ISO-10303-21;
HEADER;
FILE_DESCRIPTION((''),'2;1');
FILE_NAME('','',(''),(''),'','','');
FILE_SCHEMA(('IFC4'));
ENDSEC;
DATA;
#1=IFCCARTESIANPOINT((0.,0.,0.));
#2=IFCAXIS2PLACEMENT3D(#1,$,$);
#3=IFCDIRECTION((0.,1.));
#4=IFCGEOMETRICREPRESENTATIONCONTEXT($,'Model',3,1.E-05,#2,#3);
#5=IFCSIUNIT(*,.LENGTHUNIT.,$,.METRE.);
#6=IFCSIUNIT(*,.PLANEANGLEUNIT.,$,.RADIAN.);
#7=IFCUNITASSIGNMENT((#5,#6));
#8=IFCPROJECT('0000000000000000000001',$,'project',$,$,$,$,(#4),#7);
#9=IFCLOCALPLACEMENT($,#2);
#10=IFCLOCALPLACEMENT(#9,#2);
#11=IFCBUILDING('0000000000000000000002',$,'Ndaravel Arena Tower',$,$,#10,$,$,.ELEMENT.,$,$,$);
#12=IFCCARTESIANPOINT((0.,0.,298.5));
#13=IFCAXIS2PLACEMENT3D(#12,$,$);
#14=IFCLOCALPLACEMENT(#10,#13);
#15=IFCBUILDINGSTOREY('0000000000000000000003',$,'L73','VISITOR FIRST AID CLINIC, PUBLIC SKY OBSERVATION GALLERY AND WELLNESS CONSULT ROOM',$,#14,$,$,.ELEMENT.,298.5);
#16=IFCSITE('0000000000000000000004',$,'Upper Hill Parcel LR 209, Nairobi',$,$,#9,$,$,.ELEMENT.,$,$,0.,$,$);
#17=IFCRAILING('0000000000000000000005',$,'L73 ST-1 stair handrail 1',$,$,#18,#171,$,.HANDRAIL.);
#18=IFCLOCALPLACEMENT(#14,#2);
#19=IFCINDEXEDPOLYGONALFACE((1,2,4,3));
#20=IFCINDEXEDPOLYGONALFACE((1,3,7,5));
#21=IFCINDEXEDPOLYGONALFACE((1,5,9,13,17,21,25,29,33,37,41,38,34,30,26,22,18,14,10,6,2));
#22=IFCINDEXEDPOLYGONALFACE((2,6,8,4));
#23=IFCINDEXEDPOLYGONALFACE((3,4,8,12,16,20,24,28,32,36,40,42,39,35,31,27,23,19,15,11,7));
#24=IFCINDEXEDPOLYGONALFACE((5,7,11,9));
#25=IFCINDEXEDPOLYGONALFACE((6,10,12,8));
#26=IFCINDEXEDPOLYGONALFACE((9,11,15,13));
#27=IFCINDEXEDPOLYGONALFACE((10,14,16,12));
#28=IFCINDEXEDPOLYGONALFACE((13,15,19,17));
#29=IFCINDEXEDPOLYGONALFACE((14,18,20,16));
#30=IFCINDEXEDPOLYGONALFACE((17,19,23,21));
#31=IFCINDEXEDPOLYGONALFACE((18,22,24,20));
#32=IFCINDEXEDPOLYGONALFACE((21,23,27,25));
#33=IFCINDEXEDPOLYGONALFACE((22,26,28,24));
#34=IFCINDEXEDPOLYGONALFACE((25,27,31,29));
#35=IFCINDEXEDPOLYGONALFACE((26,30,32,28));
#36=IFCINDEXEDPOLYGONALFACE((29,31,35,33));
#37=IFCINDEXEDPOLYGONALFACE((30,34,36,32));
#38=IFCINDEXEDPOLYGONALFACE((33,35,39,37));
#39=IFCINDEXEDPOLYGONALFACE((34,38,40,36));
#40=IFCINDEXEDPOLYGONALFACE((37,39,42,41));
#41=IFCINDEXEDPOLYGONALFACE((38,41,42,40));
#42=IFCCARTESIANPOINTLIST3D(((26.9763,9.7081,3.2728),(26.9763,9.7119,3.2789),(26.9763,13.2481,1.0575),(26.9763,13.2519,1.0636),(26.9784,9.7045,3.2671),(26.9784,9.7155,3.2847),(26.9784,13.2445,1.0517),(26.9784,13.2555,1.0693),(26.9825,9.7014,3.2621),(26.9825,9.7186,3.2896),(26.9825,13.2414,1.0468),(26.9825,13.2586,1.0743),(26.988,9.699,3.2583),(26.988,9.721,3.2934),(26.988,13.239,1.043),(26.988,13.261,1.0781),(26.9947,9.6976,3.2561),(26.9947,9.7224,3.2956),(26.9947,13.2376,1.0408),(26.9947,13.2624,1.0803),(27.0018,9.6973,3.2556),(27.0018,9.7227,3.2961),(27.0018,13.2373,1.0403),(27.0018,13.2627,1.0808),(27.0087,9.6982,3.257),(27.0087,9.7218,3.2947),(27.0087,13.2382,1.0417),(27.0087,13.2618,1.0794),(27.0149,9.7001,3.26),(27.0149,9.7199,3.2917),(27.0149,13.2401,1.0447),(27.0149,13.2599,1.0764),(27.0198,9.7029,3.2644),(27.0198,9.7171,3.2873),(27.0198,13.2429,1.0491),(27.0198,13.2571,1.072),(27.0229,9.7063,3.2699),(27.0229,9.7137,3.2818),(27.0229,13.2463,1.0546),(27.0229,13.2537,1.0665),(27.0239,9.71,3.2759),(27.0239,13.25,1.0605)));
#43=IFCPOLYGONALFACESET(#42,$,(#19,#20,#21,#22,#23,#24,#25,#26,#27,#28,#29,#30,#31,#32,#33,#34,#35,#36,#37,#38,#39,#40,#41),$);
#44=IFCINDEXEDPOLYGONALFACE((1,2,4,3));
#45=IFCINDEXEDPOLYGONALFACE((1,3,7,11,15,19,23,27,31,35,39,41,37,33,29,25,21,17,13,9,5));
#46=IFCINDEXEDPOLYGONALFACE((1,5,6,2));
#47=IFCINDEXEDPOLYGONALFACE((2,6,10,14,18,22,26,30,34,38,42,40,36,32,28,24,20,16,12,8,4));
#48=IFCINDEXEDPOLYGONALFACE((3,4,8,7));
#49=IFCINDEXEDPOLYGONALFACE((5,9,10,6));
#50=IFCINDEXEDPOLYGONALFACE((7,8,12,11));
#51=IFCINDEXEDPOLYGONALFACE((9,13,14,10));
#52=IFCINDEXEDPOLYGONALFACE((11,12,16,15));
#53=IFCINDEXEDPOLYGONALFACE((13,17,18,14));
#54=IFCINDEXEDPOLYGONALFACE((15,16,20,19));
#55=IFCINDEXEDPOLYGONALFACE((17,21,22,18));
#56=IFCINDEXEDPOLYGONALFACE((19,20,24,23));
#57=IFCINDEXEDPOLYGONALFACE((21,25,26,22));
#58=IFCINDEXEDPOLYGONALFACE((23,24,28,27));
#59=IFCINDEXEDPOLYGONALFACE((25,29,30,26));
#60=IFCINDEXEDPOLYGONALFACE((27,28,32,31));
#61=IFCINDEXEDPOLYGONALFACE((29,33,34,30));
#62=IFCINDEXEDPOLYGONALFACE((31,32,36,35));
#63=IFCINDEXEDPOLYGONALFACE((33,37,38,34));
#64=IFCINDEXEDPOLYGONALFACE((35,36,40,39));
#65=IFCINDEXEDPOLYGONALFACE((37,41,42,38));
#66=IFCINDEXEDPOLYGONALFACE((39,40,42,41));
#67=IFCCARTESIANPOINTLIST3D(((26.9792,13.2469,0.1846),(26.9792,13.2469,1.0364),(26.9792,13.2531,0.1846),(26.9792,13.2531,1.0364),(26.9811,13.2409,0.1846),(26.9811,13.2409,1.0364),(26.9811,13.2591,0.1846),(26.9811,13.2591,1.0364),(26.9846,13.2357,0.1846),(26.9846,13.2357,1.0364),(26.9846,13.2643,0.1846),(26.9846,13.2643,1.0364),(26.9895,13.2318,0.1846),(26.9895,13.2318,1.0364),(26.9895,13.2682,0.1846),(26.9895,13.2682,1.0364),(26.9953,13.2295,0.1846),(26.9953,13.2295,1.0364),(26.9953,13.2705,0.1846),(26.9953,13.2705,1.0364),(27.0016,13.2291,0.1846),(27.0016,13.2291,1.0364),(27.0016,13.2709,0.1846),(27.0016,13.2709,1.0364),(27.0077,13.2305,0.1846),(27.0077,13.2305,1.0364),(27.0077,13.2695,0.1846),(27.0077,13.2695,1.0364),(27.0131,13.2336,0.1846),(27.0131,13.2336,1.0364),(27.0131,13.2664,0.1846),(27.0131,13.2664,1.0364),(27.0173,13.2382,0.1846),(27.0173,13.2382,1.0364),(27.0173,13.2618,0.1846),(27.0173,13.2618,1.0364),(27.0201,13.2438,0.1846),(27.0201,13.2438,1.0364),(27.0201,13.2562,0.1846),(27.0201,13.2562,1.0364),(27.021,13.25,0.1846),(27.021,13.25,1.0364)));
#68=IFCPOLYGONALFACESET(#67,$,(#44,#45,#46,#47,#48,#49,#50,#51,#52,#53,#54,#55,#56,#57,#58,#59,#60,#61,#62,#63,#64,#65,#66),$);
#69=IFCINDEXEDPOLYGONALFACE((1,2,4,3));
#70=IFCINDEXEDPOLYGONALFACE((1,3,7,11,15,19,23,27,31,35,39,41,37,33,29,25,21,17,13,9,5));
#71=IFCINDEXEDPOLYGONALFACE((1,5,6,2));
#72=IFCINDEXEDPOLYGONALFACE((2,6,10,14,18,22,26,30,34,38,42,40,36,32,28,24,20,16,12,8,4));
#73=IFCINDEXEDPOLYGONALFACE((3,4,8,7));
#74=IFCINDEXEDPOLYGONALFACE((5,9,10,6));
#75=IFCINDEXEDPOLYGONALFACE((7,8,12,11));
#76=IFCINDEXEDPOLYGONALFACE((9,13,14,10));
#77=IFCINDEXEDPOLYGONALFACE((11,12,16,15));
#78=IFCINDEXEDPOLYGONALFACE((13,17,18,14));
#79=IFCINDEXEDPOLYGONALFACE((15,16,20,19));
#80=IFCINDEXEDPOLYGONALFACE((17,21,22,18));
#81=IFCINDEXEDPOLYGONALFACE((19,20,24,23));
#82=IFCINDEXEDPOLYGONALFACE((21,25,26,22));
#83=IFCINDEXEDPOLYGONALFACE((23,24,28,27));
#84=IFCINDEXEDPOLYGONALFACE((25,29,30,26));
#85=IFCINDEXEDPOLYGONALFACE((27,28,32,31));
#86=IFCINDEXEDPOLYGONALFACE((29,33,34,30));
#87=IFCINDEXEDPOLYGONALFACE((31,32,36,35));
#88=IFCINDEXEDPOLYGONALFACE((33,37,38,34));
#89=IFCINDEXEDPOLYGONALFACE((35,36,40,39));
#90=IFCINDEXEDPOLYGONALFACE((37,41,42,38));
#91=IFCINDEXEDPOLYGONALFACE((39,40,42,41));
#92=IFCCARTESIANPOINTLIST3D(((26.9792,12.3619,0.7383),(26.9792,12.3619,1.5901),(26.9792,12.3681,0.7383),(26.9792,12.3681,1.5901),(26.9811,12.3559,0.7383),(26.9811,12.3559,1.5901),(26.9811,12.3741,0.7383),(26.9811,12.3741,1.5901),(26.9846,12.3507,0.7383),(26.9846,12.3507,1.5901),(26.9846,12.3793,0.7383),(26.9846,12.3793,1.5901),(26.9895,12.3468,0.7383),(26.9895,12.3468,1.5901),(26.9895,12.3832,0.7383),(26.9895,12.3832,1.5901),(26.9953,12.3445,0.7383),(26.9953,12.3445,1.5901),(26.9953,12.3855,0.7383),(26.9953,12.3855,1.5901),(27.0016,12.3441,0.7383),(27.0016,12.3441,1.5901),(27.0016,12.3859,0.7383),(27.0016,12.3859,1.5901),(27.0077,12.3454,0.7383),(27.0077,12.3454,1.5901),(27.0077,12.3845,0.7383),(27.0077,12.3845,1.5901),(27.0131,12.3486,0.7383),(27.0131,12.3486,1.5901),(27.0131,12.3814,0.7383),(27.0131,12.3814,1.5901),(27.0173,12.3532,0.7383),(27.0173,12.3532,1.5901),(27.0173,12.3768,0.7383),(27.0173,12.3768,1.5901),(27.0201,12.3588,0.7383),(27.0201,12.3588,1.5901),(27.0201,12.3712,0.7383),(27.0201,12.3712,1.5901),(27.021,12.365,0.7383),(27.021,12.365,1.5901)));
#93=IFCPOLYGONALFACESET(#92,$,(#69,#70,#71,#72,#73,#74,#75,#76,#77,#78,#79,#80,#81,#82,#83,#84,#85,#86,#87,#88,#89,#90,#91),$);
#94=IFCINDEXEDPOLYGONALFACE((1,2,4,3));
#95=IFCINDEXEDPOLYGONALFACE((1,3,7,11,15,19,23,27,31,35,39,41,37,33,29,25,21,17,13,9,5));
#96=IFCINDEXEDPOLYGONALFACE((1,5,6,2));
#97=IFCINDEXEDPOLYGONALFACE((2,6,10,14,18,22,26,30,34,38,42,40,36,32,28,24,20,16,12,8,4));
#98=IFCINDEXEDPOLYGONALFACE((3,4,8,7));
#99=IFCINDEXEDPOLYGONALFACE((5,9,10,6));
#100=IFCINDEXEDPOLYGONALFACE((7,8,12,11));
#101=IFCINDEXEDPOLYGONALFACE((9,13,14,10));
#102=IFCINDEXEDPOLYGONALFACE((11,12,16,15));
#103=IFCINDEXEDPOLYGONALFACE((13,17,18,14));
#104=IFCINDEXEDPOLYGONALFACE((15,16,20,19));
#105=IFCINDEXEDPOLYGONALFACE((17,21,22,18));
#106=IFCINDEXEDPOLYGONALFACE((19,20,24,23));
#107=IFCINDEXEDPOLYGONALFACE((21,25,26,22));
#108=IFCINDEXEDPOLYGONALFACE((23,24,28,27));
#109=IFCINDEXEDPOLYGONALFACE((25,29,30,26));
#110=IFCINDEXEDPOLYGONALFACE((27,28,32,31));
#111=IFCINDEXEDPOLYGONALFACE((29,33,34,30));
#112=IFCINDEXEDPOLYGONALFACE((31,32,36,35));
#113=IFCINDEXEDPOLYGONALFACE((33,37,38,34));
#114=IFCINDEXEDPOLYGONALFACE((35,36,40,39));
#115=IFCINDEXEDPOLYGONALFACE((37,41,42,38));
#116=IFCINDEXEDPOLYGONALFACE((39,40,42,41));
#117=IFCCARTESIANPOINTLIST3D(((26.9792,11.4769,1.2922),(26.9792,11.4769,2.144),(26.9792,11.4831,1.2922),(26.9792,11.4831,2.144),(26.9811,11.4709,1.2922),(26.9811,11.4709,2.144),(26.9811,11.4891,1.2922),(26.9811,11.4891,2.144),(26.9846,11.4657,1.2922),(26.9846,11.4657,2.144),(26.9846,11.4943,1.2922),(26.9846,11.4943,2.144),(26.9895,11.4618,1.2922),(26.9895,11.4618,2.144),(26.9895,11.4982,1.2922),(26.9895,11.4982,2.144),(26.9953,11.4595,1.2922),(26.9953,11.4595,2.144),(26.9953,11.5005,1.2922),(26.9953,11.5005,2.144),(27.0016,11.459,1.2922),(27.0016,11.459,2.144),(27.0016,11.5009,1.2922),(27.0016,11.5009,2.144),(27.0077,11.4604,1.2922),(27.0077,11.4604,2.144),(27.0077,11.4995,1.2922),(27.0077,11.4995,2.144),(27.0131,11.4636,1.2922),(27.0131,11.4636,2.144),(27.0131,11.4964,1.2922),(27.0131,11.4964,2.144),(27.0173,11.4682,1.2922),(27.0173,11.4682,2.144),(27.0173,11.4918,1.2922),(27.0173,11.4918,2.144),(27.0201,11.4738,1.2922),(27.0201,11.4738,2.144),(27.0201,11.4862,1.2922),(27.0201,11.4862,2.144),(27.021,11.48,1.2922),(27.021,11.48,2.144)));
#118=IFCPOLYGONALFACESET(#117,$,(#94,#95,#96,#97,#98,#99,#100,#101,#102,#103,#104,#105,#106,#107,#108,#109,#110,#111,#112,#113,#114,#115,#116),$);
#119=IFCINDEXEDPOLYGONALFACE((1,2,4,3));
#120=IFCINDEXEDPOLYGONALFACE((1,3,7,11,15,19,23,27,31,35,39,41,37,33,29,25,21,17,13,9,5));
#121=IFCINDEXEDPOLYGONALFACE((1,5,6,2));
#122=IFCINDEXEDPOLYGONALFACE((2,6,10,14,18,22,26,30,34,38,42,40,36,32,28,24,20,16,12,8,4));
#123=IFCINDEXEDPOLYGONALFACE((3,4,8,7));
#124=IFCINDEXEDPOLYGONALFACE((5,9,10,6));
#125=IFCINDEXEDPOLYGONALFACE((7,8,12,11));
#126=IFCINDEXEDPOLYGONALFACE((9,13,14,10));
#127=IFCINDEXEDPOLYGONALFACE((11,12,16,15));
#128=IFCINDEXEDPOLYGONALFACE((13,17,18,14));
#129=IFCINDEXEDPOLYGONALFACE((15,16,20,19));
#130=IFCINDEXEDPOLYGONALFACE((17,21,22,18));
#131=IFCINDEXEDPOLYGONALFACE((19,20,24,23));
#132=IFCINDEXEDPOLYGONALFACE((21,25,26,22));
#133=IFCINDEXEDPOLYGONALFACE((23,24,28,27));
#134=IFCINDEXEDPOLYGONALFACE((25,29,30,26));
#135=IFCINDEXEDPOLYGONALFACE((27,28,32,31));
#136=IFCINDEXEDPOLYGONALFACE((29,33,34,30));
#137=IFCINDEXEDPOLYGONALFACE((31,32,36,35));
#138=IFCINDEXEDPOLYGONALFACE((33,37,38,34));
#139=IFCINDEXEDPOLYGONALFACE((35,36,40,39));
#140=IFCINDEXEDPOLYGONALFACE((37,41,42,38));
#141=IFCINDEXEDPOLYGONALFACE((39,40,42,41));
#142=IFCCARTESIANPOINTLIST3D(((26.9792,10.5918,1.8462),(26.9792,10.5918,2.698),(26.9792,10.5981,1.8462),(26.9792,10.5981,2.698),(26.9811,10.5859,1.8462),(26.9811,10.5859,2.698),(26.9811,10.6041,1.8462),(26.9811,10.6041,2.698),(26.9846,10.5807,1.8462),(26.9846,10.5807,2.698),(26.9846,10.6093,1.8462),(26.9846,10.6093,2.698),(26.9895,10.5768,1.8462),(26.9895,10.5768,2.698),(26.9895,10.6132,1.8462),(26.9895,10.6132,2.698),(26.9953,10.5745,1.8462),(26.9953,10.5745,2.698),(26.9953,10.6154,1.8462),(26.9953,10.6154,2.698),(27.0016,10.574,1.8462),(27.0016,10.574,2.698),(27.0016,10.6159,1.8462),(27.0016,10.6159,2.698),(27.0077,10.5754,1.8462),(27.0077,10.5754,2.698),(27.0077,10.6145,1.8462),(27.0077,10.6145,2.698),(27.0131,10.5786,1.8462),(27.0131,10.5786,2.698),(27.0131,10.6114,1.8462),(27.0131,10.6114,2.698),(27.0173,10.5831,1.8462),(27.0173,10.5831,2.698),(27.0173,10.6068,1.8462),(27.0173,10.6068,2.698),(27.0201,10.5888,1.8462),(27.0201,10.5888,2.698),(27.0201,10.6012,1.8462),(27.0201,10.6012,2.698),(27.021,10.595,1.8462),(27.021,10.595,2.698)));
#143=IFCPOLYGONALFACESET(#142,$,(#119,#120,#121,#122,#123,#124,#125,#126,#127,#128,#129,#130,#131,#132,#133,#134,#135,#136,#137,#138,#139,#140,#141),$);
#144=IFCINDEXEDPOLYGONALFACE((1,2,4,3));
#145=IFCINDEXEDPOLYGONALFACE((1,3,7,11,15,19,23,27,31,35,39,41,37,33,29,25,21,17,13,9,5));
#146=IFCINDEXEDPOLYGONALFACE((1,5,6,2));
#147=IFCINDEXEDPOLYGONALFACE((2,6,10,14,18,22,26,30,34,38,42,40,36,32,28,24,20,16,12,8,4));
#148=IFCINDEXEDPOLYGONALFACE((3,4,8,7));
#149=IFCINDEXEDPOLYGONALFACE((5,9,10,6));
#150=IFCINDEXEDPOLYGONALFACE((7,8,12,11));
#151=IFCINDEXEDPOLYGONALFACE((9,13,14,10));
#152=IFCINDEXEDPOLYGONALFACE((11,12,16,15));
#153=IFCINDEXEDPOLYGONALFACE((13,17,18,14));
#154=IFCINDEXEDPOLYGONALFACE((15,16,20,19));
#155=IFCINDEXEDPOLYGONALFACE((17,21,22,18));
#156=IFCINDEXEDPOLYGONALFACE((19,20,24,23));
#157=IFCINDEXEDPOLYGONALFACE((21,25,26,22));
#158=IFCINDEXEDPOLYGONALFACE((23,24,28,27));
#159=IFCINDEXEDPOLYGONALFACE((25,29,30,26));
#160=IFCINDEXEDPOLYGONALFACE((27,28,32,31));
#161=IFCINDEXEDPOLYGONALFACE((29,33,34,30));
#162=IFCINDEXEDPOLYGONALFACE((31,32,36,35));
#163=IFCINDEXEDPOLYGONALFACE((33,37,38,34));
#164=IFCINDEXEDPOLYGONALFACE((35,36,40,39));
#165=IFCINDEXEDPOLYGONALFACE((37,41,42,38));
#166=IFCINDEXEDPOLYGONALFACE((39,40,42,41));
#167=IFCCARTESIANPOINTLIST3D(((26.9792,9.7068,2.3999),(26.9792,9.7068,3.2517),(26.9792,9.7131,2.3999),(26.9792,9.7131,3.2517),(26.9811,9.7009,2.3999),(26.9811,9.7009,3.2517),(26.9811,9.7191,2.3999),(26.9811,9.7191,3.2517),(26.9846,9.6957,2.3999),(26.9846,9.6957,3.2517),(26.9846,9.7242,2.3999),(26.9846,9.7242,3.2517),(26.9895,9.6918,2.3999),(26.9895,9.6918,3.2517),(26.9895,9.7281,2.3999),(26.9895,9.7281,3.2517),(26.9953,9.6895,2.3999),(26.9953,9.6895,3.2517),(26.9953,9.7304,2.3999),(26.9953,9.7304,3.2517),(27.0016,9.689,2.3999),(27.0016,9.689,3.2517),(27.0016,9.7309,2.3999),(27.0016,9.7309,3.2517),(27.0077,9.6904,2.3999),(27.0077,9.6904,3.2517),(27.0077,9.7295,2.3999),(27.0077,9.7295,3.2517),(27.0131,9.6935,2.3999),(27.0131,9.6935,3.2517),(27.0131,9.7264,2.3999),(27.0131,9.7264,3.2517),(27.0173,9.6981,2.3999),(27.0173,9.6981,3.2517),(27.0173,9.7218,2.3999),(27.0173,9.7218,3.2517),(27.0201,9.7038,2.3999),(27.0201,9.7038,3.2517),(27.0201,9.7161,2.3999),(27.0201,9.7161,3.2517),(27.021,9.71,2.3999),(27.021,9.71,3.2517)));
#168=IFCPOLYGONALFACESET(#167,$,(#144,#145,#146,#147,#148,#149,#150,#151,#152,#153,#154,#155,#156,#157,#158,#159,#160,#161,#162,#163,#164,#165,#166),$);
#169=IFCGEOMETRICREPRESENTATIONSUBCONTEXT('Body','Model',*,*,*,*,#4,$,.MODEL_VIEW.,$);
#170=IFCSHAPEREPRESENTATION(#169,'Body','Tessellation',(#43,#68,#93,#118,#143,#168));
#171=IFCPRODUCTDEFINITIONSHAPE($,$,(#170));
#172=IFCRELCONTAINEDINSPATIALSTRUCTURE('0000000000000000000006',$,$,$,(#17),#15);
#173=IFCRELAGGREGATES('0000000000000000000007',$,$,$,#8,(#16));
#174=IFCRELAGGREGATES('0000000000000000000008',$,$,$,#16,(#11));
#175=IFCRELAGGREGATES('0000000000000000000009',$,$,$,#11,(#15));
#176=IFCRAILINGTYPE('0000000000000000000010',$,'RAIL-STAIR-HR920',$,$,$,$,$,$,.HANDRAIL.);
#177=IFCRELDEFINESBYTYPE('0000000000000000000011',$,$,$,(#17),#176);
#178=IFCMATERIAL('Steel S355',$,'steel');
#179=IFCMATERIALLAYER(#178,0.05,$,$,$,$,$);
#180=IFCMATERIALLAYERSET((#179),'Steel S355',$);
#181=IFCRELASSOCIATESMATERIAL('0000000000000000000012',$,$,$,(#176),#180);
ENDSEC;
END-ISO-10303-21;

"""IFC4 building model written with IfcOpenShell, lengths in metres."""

from ifc_helpers import new_model, si_unit, direction, frame, origin, origin_2d, place, context, subcontext, project, spatial, circle, extrude, material, layer, layer_set, type_object, element, save


model = new_model("IFC4")

# Units and contexts
model_context = context("Model", 3, precision=1e-05, world=origin(), true_north=direction((0.0, 1.0)))
body_context = subcontext(model_context, "Body", "Model", "MODEL_VIEW")
ifc_project = project(units=[si_unit("LENGTHUNIT", "METRE"), si_unit("PLANEANGLEUNIT", "RADIAN")], contexts=[model_context])

# Site, building, storey
site_placement = place(None, origin())
site = spatial("IfcSite", under=ifc_project, at=site_placement, Name="Upper Hill Parcel LR 209, Nairobi", CompositionType="ELEMENT", RefElevation=0.0)
building_placement = place(site_placement, origin())
building = spatial("IfcBuilding", under=site, at=building_placement, Name="Ndaravel Arena Tower", CompositionType="ELEMENT")
storey_placement = place(building_placement, frame((0.0, 0.0, 298.5)))
storey = spatial("IfcBuildingStorey", under=building, at=storey_placement, Name="L73", Description="VISITOR FIRST AID CLINIC, PUBLIC SKY OBSERVATION GALLERY AND WELLNESS CONSULT ROOM", CompositionType="ELEMENT", Elevation=298.5)

# Railing
ifc_material_1 = material(Name="Steel S355", Category="steel")
ifc_layer_1 = layer(ifc_material_1, 0.05)
ifc_layer_set_1 = layer_set([ifc_layer_1], Name="Steel S355")
railing_type_1 = type_object("IfcRailingType", Name="RAIL-STAIR-HR920", PredefinedType="HANDRAIL", material=ifc_layer_set_1)
railing_1_placement = place(storey_placement, frame((27.0, 13.25, 0.1846)))
element("IfcRailing", 1, at=railing_1_placement, inside=storey, type_object=railing_type_1, Name="L73 ST-1 stair handrail 1", PredefinedType="HANDRAIL", context=body_context, shape_type="SweptSolid", body=[
    extrude(circle(Radius=0.0239, at=origin_2d()), frame((0.0, 0.0, 0.876), z_axis=(0.0, -0.847696, 0.530482), x_axis=(1.0, 0.0, 0.0)), (0.0, 0.0, 1.0), 4.176),
    extrude(circle(Radius=0.021, at=origin_2d()), origin(), (0.0, 0.0, 1.0), 0.8518),
    extrude(circle(Radius=0.021, at=origin_2d()), frame((0.0, -0.885, 0.5537)), (0.0, 0.0, 1.0), 0.8518),
    extrude(circle(Radius=0.021, at=origin_2d()), frame((0.0, -1.77, 1.1077)), (0.0, 0.0, 1.0), 0.8518),
    extrude(circle(Radius=0.021, at=origin_2d()), frame((0.0, -2.655, 1.6616)), (0.0, 0.0, 1.0), 0.8518),
    extrude(circle(Radius=0.021, at=origin_2d()), frame((0.0, -3.54, 2.2153)), (0.0, 0.0, 1.0), 0.8518),
])

save(model, "model.ifc")
